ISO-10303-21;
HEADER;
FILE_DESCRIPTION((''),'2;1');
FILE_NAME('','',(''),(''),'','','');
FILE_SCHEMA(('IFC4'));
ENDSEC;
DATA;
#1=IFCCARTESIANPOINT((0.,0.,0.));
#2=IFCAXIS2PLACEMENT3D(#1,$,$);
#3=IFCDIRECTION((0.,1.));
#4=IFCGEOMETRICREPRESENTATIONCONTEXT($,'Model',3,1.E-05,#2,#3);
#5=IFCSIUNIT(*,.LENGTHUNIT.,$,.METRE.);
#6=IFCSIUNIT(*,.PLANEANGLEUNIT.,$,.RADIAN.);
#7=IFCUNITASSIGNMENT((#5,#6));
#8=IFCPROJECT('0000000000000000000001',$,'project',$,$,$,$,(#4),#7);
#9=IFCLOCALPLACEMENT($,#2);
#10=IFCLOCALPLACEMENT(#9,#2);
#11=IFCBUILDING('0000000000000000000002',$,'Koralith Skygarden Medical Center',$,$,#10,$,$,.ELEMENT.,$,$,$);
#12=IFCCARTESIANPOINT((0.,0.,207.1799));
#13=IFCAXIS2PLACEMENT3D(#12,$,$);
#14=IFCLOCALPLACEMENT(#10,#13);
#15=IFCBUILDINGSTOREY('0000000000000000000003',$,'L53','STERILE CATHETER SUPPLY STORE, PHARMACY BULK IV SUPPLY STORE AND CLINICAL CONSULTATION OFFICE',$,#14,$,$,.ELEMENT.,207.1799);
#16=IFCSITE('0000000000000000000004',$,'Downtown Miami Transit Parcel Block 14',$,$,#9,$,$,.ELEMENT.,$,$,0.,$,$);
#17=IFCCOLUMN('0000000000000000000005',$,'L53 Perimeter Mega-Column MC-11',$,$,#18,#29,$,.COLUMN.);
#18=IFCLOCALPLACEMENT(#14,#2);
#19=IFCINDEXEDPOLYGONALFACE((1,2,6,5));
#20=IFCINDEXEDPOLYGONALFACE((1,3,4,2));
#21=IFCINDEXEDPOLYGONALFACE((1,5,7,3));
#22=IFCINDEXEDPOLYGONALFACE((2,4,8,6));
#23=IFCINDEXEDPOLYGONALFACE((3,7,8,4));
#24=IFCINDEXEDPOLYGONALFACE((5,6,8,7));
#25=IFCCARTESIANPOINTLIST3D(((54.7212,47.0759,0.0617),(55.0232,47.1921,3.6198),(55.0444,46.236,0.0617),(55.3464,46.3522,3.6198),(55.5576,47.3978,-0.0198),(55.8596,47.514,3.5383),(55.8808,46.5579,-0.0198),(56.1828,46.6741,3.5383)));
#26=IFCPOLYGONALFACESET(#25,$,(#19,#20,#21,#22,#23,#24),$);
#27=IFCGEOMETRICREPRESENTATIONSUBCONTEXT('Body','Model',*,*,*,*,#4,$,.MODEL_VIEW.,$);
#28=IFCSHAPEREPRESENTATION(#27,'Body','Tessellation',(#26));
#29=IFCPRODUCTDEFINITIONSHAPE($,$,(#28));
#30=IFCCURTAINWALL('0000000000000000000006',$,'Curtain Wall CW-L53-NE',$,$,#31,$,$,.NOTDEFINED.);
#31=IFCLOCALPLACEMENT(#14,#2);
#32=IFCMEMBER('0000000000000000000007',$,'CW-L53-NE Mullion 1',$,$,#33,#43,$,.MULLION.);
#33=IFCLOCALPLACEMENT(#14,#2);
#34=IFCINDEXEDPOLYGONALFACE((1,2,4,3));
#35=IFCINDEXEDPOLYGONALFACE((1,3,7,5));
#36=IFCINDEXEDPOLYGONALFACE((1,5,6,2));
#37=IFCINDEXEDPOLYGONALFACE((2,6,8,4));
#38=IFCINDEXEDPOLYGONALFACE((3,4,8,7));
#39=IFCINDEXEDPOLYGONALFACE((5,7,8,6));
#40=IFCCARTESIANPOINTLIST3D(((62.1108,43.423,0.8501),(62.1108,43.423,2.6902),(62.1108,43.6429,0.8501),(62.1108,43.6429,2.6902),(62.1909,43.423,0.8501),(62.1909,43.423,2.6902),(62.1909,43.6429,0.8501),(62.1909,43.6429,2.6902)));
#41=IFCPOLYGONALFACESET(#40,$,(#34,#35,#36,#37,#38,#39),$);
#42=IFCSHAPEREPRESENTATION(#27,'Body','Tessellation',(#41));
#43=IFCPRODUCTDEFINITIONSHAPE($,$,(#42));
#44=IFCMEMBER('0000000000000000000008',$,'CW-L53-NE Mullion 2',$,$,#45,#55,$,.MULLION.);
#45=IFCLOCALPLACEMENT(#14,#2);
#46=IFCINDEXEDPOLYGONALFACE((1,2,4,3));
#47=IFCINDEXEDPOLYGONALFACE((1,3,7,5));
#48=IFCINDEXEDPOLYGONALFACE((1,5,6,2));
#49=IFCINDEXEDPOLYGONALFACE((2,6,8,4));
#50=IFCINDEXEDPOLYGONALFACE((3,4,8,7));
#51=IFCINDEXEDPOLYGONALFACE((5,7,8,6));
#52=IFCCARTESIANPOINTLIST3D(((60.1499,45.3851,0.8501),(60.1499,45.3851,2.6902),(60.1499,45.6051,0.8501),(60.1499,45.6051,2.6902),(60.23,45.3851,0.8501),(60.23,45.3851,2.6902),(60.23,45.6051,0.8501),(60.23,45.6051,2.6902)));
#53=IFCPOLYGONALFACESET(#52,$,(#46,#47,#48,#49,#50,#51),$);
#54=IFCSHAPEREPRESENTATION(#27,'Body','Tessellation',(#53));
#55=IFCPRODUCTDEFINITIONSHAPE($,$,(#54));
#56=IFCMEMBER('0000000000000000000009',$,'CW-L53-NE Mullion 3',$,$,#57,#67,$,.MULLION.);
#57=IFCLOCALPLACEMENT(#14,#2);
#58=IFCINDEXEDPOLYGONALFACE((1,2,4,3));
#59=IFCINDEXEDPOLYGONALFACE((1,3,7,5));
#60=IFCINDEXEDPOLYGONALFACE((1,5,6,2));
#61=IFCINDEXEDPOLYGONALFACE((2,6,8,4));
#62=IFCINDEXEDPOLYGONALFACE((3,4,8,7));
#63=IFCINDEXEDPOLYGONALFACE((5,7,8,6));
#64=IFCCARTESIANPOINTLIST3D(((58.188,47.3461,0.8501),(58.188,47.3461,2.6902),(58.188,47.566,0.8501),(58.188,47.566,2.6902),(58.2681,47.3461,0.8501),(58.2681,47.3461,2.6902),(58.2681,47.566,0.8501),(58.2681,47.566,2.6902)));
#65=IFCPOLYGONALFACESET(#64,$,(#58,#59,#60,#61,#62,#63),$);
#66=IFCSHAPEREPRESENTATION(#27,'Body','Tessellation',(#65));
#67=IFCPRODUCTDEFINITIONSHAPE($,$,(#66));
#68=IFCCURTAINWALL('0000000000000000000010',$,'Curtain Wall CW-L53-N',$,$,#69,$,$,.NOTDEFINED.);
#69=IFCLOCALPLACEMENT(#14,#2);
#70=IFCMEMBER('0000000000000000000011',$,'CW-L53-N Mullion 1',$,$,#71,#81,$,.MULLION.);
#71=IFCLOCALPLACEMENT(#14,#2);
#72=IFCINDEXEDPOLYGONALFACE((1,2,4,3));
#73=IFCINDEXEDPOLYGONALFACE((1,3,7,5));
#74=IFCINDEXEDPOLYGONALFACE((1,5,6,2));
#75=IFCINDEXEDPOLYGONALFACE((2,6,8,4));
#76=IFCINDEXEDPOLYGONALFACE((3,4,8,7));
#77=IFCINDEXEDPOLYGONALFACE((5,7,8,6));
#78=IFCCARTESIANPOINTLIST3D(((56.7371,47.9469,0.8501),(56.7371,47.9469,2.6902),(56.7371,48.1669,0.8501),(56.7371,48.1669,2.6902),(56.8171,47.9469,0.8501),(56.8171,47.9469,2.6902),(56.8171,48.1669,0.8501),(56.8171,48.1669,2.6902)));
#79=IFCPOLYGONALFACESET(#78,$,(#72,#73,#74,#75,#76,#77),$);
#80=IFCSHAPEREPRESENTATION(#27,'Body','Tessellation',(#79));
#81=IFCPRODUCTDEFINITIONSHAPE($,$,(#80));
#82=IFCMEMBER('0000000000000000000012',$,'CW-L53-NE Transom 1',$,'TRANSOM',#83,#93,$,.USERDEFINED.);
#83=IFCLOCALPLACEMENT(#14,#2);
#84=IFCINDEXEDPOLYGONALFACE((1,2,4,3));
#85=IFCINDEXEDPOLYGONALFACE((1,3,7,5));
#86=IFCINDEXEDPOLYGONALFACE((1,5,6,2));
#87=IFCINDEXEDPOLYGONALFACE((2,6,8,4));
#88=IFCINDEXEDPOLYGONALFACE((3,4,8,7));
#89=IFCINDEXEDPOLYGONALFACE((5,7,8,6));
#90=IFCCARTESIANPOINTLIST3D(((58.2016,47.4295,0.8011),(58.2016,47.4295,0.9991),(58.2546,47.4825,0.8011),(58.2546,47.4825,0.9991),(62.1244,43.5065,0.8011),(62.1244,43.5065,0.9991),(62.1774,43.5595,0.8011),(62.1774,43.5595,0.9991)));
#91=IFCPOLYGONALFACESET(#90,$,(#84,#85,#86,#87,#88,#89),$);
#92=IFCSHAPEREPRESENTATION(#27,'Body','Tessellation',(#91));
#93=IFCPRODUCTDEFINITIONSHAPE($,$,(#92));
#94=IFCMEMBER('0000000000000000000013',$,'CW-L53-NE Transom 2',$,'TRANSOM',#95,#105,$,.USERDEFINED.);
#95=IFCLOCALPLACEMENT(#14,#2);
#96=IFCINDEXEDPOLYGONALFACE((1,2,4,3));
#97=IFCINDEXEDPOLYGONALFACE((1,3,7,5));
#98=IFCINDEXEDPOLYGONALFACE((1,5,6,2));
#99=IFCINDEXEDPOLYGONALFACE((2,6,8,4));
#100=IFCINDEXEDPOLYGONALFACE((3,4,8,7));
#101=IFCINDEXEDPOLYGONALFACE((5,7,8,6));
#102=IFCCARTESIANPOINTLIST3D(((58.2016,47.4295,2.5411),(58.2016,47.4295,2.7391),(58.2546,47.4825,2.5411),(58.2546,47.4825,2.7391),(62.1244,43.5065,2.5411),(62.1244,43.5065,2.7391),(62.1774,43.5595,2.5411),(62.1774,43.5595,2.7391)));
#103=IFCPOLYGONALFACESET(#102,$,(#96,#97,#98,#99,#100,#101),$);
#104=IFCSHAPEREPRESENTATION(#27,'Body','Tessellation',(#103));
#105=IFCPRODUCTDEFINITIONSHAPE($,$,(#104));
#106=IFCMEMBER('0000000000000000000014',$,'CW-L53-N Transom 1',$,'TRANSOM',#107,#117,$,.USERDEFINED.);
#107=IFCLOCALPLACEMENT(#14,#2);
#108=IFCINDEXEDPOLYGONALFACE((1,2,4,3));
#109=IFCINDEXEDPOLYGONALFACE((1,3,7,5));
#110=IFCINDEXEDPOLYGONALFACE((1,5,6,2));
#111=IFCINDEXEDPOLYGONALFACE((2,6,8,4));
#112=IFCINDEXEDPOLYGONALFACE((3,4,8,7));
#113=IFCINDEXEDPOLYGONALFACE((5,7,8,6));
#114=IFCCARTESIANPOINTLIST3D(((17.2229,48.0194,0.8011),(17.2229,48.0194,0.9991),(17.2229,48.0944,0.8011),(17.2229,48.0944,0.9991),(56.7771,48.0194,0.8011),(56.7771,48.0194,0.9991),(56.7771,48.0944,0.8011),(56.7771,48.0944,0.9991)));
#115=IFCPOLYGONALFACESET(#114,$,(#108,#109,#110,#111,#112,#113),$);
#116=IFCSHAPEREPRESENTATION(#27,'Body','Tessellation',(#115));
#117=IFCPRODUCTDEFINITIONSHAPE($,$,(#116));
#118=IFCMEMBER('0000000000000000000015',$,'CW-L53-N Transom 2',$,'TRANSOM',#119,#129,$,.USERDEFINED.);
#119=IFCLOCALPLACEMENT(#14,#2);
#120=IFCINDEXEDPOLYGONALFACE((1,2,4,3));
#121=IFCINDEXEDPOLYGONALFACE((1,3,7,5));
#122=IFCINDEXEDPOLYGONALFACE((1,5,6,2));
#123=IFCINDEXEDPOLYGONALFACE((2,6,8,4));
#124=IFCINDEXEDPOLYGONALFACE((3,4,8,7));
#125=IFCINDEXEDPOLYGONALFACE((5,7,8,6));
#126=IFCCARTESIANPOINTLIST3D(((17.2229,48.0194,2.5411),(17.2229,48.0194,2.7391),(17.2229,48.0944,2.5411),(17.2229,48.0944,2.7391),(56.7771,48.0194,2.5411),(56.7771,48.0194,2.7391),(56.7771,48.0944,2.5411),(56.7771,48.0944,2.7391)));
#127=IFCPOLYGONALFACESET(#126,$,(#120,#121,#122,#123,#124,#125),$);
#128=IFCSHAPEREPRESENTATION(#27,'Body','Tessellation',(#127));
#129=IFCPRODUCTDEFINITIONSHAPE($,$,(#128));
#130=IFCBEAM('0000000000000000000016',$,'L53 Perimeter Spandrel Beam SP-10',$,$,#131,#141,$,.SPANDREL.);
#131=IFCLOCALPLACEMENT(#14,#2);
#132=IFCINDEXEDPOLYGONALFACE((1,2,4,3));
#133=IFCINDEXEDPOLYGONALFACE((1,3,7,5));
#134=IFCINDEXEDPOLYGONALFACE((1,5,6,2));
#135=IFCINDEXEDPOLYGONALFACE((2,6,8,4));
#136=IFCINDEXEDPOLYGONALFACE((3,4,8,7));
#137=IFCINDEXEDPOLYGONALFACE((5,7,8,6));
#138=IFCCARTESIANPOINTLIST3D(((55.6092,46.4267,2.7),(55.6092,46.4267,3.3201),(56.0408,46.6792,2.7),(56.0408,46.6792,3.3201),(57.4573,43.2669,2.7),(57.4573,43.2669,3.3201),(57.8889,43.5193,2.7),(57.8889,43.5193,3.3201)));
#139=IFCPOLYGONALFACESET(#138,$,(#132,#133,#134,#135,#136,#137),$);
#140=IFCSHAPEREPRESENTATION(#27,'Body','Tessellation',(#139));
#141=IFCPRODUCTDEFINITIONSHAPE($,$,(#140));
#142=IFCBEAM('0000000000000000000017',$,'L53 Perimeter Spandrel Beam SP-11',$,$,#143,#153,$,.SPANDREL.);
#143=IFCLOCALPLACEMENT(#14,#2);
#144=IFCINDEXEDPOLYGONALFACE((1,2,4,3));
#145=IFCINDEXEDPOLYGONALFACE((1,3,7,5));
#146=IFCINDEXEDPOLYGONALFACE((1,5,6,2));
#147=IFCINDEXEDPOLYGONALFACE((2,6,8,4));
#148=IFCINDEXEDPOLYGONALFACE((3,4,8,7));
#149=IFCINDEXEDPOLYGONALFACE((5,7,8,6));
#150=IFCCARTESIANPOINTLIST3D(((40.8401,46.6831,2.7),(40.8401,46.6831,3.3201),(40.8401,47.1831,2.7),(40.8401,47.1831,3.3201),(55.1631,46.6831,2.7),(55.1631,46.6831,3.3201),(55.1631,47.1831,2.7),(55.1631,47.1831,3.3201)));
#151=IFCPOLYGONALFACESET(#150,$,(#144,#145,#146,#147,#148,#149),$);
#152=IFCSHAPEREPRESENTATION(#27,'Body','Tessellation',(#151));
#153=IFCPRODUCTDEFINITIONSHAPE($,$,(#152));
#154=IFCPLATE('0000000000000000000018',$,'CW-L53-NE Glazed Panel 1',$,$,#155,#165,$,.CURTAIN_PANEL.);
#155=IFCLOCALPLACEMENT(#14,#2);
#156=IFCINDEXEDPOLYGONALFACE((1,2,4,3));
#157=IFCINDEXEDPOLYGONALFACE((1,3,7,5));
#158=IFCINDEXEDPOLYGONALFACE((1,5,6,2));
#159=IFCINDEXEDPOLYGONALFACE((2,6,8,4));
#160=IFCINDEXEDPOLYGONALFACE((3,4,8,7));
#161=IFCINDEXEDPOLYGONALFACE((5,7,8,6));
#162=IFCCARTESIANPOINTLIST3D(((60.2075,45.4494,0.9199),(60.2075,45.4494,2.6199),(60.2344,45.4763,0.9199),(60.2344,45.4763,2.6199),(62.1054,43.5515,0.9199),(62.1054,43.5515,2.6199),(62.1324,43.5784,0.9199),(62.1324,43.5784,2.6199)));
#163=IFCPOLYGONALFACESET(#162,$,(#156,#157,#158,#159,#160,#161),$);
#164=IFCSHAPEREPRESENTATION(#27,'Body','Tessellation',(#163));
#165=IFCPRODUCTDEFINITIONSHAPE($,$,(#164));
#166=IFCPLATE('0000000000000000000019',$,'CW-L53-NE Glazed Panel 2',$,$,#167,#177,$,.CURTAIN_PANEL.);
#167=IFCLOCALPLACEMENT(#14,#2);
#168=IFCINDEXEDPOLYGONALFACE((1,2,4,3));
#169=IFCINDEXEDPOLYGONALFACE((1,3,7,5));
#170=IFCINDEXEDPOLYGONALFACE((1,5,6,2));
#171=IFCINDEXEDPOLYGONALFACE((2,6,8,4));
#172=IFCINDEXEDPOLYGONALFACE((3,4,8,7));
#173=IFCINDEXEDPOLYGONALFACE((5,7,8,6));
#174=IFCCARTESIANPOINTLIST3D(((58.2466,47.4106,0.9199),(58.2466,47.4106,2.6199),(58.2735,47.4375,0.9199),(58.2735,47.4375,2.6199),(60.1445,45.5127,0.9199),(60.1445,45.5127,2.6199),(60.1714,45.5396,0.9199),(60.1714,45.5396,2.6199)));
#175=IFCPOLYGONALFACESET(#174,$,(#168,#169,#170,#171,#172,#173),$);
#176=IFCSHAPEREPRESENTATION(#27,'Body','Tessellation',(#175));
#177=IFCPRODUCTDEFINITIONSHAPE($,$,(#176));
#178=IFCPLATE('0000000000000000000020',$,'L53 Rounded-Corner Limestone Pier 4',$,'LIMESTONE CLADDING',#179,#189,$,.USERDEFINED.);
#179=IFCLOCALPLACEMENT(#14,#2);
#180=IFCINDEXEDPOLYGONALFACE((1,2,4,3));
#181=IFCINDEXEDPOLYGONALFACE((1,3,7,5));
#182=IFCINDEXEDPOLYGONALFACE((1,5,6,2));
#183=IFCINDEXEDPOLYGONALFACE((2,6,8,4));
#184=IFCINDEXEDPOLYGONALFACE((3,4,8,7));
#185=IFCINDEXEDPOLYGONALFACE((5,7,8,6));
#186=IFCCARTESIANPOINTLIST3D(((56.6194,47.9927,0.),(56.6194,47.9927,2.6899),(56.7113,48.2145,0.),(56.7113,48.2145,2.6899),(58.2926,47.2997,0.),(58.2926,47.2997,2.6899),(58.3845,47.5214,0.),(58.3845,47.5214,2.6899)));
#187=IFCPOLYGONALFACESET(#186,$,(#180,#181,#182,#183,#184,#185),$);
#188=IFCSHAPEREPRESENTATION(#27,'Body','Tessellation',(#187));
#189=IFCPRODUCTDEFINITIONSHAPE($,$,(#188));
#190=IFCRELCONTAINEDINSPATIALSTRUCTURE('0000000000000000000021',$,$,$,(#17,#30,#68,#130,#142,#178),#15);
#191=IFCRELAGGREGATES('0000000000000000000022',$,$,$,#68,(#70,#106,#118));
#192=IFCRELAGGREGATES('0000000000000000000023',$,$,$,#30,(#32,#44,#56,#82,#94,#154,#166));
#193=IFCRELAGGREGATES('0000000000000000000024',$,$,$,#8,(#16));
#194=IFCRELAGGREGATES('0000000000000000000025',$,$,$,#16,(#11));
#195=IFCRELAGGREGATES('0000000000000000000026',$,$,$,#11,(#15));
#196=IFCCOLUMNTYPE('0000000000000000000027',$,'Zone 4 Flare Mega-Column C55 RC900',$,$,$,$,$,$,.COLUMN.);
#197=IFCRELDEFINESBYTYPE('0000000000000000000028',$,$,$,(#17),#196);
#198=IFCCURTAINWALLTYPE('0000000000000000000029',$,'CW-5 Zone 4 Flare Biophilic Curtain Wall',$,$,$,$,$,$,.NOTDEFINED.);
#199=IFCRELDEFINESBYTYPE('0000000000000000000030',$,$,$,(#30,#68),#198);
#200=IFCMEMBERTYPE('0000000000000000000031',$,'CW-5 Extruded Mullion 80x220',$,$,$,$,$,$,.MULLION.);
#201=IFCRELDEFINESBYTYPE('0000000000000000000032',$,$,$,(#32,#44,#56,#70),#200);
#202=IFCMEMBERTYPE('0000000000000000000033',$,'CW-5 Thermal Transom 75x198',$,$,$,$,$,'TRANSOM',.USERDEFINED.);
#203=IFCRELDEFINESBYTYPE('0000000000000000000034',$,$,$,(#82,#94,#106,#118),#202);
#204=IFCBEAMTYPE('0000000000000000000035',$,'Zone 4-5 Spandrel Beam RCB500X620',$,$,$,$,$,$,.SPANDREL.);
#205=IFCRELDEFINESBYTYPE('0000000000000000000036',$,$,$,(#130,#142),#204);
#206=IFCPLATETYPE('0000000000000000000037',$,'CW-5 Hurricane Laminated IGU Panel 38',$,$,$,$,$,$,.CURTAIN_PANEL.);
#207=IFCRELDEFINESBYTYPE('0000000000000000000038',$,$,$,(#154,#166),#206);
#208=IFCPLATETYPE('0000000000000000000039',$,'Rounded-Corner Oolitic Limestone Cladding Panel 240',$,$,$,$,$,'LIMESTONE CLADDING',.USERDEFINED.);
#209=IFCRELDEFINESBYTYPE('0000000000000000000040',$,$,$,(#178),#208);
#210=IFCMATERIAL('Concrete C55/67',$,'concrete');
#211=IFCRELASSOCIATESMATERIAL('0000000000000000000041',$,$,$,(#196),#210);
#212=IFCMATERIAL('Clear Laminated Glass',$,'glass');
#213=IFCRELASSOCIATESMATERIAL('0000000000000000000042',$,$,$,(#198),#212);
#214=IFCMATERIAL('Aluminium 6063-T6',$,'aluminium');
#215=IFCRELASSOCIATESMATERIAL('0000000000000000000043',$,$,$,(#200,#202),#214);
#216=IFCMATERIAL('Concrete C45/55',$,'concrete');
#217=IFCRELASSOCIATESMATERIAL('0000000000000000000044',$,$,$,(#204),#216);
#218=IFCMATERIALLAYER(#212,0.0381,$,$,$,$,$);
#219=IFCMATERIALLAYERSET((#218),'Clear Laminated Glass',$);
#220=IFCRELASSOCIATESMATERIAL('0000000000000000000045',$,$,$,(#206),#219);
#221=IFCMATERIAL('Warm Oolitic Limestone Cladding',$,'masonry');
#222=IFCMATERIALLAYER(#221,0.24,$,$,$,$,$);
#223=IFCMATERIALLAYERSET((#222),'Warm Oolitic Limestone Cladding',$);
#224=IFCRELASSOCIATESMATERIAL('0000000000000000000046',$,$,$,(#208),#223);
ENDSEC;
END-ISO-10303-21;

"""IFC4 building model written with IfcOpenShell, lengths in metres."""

from ifc_helpers import new_model, si_unit, direction, frame, origin, origin_2d, place, context, subcontext, project, spatial, rectangle, extrude, material, layer, layer_set, material_profile, profile_set, type_object, element, aggregate, save


model = new_model("IFC4")

# Units and contexts
model_context = context("Model", 3, precision=1e-05, world=origin(), true_north=direction((0.0, 1.0)))
body_context = subcontext(model_context, "Body", "Model", "MODEL_VIEW")
ifc_project = project(units=[si_unit("LENGTHUNIT", "METRE"), si_unit("PLANEANGLEUNIT", "RADIAN")], contexts=[model_context])

# Site, building, storey
site_placement = place(None, origin())
site = spatial("IfcSite", under=ifc_project, at=site_placement, Name="Downtown Miami Transit Parcel Block 14", CompositionType="ELEMENT", RefElevation=0.0)
building_placement = place(site_placement, origin())
building = spatial("IfcBuilding", under=site, at=building_placement, Name="Koralith Skygarden Medical Center", CompositionType="ELEMENT")
storey_placement = place(building_placement, frame((0.0, 0.0, 207.1799)))
storey = spatial("IfcBuildingStorey", under=building, at=storey_placement, Name="L53", Description="STERILE CATHETER SUPPLY STORE, PHARMACY BULK IV SUPPLY STORE AND CLINICAL CONSULTATION OFFICE", CompositionType="ELEMENT", Elevation=207.1799)

# Column
ifc_material_1 = material(Name="Concrete C55/67", Category="concrete")
ifc_material_profile_1 = material_profile(ifc_material_1, rectangle(XDim=0.8999, YDim=0.8999, at=origin_2d()), Name="RC900X900")
ifc_profile_set_1 = profile_set([ifc_material_profile_1], Name="Concrete C55/67")
column_type = type_object("IfcColumnType", Name="Zone 4 Flare Mega-Column C55 RC900", PredefinedType="COLUMN", material=ifc_profile_set_1)
column_placement = place(storey_placement, frame((55.301, 46.8169, 0.021), z_axis=(0.084528, 0.032527, 0.99589), x_axis=(-0.359131, 0.933287, 0.0)))
element("IfcColumn", 1, at=column_placement, inside=storey, type_object=column_type, Name="L53 Perimeter Mega-Column MC-11", PredefinedType="COLUMN", context=body_context, shape_type="SweptSolid", body=[
    extrude(rectangle(XDim=0.8999, YDim=0.8999, at=origin_2d()), origin(), (0.0, 0.0, 1.0), 3.5728),
])

# Curtain wall, members
ifc_material_2 = material(Name="Clear Laminated Glass", Category="glass")
curtain_wall_type = type_object("IfcCurtainWallType", Name="CW-5 Zone 4 Flare Biophilic Curtain Wall", PredefinedType="NOTDEFINED", material=ifc_material_2)
curtain_wall_1_placement = place(storey_placement, origin())
curtain_wall_1 = element("IfcCurtainWall", 2, at=curtain_wall_1_placement, inside=storey, type_object=curtain_wall_type, Name="Curtain Wall CW-L53-NE", PredefinedType="NOTDEFINED")
ifc_material_3 = material(Name="Aluminium 6063-T6", Category="aluminium")
ifc_material_profile_2 = material_profile(ifc_material_3, rectangle(XDim=0.0801, YDim=0.22, at=origin_2d()), Name="MUL80X220")
ifc_profile_set_2 = profile_set([ifc_material_profile_2], Name="Aluminium 6063-T6")
member_type_1 = type_object("IfcMemberType", Name="CW-5 Extruded Mullion 80x220", PredefinedType="MULLION", material=ifc_profile_set_2)
member_1_placement = place(storey_placement, frame((62.1509, 43.533, 0.8501), z_axis=(0.0, 0.0, 1.0), x_axis=(1.0, 0.0, 0.0)))
member_1 = element("IfcMember", 3, at=member_1_placement, type_object=member_type_1, Name="CW-L53-NE Mullion 1", PredefinedType="MULLION", context=body_context, shape_type="SweptSolid", body=[
    extrude(rectangle(XDim=0.0801, YDim=0.22, at=origin_2d()), origin(), (0.0, 0.0, 1.0), 1.8401),
])
member_2_placement = place(storey_placement, frame((60.1899, 45.4951, 0.8501), z_axis=(0.0, 0.0, 1.0), x_axis=(1.0, 0.0, 0.0)))
member_2 = element("IfcMember", 4, at=member_2_placement, type_object=member_type_1, Name="CW-L53-NE Mullion 2", PredefinedType="MULLION", context=body_context, shape_type="SweptSolid", body=[
    extrude(rectangle(XDim=0.0801, YDim=0.22, at=origin_2d()), origin(), (0.0, 0.0, 1.0), 1.8401),
])
member_3_placement = place(storey_placement, frame((58.228, 47.4561, 0.8501), z_axis=(0.0, 0.0, 1.0), x_axis=(1.0, 0.0, 0.0)))
member_3 = element("IfcMember", 5, at=member_3_placement, type_object=member_type_1, Name="CW-L53-NE Mullion 3", PredefinedType="MULLION", context=body_context, shape_type="SweptSolid", body=[
    extrude(rectangle(XDim=0.0801, YDim=0.22, at=origin_2d()), origin(), (0.0, 0.0, 1.0), 1.8401),
])

# Curtain wall, member
curtain_wall_2_placement = place(storey_placement, origin())
curtain_wall_2 = element("IfcCurtainWall", 6, at=curtain_wall_2_placement, inside=storey, type_object=curtain_wall_type, Name="Curtain Wall CW-L53-N", PredefinedType="NOTDEFINED")
member_4_placement = place(storey_placement, frame((56.7771, 48.0569, 0.8501), z_axis=(0.0, 0.0, 1.0), x_axis=(1.0, 0.0, 0.0)))
member_4 = element("IfcMember", 7, at=member_4_placement, type_object=member_type_1, Name="CW-L53-N Mullion 1", PredefinedType="MULLION", context=body_context, shape_type="SweptSolid", body=[
    extrude(rectangle(XDim=0.0801, YDim=0.22, at=origin_2d()), origin(), (0.0, 0.0, 1.0), 1.8401),
])

# Members
ifc_material_profile_3 = material_profile(ifc_material_3, rectangle(XDim=0.075, YDim=0.198, at=origin_2d()), Name="TRN75X198")
ifc_profile_set_3 = profile_set([ifc_material_profile_3], Name="Aluminium 6063-T6")
member_type_2 = type_object("IfcMemberType", Name="CW-5 Thermal Transom 75x198", ElementType="TRANSOM", PredefinedType="USERDEFINED", material=ifc_profile_set_3)
member_5_placement = place(storey_placement, frame((62.1509, 43.533, 0.9001), z_axis=(-0.707085, 0.707129, 0.0), x_axis=(-0.707129, -0.707085, 0.0)))
member_5 = element("IfcMember", 8, at=member_5_placement, type_object=member_type_2, Name="CW-L53-NE Transom 1", ObjectType="TRANSOM", PredefinedType="USERDEFINED", context=body_context, shape_type="SweptSolid", body=[
    extrude(rectangle(XDim=0.075, YDim=0.198, at=origin_2d()), origin(), (0.0, 0.0, 1.0), 5.5479),
])
member_6_placement = place(storey_placement, frame((62.1509, 43.533, 2.6401), z_axis=(-0.707085, 0.707129, 0.0), x_axis=(-0.707129, -0.707085, 0.0)))
member_6 = element("IfcMember", 9, at=member_6_placement, type_object=member_type_2, Name="CW-L53-NE Transom 2", ObjectType="TRANSOM", PredefinedType="USERDEFINED", context=body_context, shape_type="SweptSolid", body=[
    extrude(rectangle(XDim=0.075, YDim=0.198, at=origin_2d()), origin(), (0.0, 0.0, 1.0), 5.5479),
])
member_7_placement = place(storey_placement, frame((56.7771, 48.0569, 0.9001), z_axis=(-1.0, 0.0, 0.0), x_axis=(0.0, -1.0, 0.0)))
member_7 = element("IfcMember", 10, at=member_7_placement, type_object=member_type_2, Name="CW-L53-N Transom 1", ObjectType="TRANSOM", PredefinedType="USERDEFINED", context=body_context, shape_type="SweptSolid", body=[
    extrude(rectangle(XDim=0.075, YDim=0.198, at=origin_2d()), origin(), (0.0, 0.0, 1.0), 39.5542),
])
member_8_placement = place(storey_placement, frame((56.7771, 48.0569, 2.6401), z_axis=(-1.0, 0.0, 0.0), x_axis=(0.0, -1.0, 0.0)))
member_8 = element("IfcMember", 11, at=member_8_placement, type_object=member_type_2, Name="CW-L53-N Transom 2", ObjectType="TRANSOM", PredefinedType="USERDEFINED", context=body_context, shape_type="SweptSolid", body=[
    extrude(rectangle(XDim=0.075, YDim=0.198, at=origin_2d()), origin(), (0.0, 0.0, 1.0), 39.5542),
])
aggregate(curtain_wall_2, [member_4, member_7, member_8])

# Beams
ifc_material_4 = material(Name="Concrete C45/55", Category="concrete")
ifc_material_profile_4 = material_profile(ifc_material_4, rectangle(XDim=0.5, YDim=0.6201, at=origin_2d()), Name="RCB500X620")
ifc_profile_set_4 = profile_set([ifc_material_profile_4], Name="Concrete C45/55")
beam_type = type_object("IfcBeamType", Name="Zone 4-5 Spandrel Beam RCB500X620", PredefinedType="SPANDREL", material=ifc_profile_set_4)
beam_1_placement = place(storey_placement, frame((57.6731, 43.3931, 3.01), z_axis=(-0.504862, 0.8632, 0.0), x_axis=(-0.8632, -0.504862, 0.0)))
element("IfcBeam", 12, at=beam_1_placement, inside=storey, type_object=beam_type, Name="L53 Perimeter Spandrel Beam SP-10", PredefinedType="SPANDREL", context=body_context, shape_type="SweptSolid", body=[
    extrude(rectangle(XDim=0.5, YDim=0.6201, at=origin_2d()), origin(), (0.0, 0.0, 1.0), 3.6606),
])
beam_2_placement = place(storey_placement, frame((55.1631, 46.9331, 3.01), z_axis=(-1.0, 0.0, 0.0), x_axis=(0.0, -1.0, 0.0)))
element("IfcBeam", 13, at=beam_2_placement, inside=storey, type_object=beam_type, Name="L53 Perimeter Spandrel Beam SP-11", PredefinedType="SPANDREL", context=body_context, shape_type="SweptSolid", body=[
    extrude(rectangle(XDim=0.5, YDim=0.6201, at=origin_2d()), origin(), (0.0, 0.0, 1.0), 14.323),
])

# Plates
ifc_layer_1 = layer(ifc_material_2, 0.0381)
ifc_layer_set_1 = layer_set([ifc_layer_1], Name="Clear Laminated Glass")
plate_type_1 = type_object("IfcPlateType", Name="CW-5 Hurricane Laminated IGU Panel 38", PredefinedType="CURTAIN_PANEL", material=ifc_layer_set_1)
plate_1_placement = place(storey_placement, frame((61.1699, 44.5139, 0.9199), z_axis=(0.0, 0.0, 1.0), x_axis=(-0.707107, 0.707107, 0.0)))
plate_1 = element("IfcPlate", 14, at=plate_1_placement, type_object=plate_type_1, Name="CW-L53-NE Glazed Panel 1", PredefinedType="CURTAIN_PANEL", context=body_context, shape_type="SweptSolid", body=[
    extrude(rectangle(XDim=2.6841, YDim=0.0381, at=origin_2d()), origin(), (0.0, 0.0, 1.0), 1.7),
])
plate_2_placement = place(storey_placement, frame((59.209, 46.4751, 0.9199), z_axis=(0.0, 0.0, 1.0), x_axis=(-0.707107, 0.707107, 0.0)))
plate_2 = element("IfcPlate", 15, at=plate_2_placement, type_object=plate_type_1, Name="CW-L53-NE Glazed Panel 2", PredefinedType="CURTAIN_PANEL", context=body_context, shape_type="SweptSolid", body=[
    extrude(rectangle(XDim=2.6841, YDim=0.0381, at=origin_2d()), origin(), (0.0, 0.0, 1.0), 1.7),
])
aggregate(curtain_wall_1, [member_1, member_2, member_3, member_5, member_6, plate_1, plate_2])
ifc_material_5 = material(Name="Warm Oolitic Limestone Cladding", Category="masonry")
ifc_layer_2 = layer(ifc_material_5, 0.24)
ifc_layer_set_2 = layer_set([ifc_layer_2], Name="Warm Oolitic Limestone Cladding")
plate_type_2 = type_object("IfcPlateType", Name="Rounded-Corner Oolitic Limestone Cladding Panel 240", ElementType="LIMESTONE CLADDING", PredefinedType="USERDEFINED", material=ifc_layer_set_2)
plate_3_placement = place(storey_placement, frame((57.502, 47.7571, 0.0), z_axis=(0.0, 0.0, 1.0), x_axis=(-0.923885, 0.382671, 0.0)))
element("IfcPlate", 16, at=plate_3_placement, inside=storey, type_object=plate_type_2, Name="L53 Rounded-Corner Limestone Pier 4", ObjectType="LIMESTONE CLADDING", PredefinedType="USERDEFINED", context=body_context, shape_type="SweptSolid", body=[
    extrude(rectangle(XDim=1.811, YDim=0.24, at=origin_2d()), origin(), (0.0, 0.0, 1.0), 2.6899),
])

save(model, "model.ifc")
